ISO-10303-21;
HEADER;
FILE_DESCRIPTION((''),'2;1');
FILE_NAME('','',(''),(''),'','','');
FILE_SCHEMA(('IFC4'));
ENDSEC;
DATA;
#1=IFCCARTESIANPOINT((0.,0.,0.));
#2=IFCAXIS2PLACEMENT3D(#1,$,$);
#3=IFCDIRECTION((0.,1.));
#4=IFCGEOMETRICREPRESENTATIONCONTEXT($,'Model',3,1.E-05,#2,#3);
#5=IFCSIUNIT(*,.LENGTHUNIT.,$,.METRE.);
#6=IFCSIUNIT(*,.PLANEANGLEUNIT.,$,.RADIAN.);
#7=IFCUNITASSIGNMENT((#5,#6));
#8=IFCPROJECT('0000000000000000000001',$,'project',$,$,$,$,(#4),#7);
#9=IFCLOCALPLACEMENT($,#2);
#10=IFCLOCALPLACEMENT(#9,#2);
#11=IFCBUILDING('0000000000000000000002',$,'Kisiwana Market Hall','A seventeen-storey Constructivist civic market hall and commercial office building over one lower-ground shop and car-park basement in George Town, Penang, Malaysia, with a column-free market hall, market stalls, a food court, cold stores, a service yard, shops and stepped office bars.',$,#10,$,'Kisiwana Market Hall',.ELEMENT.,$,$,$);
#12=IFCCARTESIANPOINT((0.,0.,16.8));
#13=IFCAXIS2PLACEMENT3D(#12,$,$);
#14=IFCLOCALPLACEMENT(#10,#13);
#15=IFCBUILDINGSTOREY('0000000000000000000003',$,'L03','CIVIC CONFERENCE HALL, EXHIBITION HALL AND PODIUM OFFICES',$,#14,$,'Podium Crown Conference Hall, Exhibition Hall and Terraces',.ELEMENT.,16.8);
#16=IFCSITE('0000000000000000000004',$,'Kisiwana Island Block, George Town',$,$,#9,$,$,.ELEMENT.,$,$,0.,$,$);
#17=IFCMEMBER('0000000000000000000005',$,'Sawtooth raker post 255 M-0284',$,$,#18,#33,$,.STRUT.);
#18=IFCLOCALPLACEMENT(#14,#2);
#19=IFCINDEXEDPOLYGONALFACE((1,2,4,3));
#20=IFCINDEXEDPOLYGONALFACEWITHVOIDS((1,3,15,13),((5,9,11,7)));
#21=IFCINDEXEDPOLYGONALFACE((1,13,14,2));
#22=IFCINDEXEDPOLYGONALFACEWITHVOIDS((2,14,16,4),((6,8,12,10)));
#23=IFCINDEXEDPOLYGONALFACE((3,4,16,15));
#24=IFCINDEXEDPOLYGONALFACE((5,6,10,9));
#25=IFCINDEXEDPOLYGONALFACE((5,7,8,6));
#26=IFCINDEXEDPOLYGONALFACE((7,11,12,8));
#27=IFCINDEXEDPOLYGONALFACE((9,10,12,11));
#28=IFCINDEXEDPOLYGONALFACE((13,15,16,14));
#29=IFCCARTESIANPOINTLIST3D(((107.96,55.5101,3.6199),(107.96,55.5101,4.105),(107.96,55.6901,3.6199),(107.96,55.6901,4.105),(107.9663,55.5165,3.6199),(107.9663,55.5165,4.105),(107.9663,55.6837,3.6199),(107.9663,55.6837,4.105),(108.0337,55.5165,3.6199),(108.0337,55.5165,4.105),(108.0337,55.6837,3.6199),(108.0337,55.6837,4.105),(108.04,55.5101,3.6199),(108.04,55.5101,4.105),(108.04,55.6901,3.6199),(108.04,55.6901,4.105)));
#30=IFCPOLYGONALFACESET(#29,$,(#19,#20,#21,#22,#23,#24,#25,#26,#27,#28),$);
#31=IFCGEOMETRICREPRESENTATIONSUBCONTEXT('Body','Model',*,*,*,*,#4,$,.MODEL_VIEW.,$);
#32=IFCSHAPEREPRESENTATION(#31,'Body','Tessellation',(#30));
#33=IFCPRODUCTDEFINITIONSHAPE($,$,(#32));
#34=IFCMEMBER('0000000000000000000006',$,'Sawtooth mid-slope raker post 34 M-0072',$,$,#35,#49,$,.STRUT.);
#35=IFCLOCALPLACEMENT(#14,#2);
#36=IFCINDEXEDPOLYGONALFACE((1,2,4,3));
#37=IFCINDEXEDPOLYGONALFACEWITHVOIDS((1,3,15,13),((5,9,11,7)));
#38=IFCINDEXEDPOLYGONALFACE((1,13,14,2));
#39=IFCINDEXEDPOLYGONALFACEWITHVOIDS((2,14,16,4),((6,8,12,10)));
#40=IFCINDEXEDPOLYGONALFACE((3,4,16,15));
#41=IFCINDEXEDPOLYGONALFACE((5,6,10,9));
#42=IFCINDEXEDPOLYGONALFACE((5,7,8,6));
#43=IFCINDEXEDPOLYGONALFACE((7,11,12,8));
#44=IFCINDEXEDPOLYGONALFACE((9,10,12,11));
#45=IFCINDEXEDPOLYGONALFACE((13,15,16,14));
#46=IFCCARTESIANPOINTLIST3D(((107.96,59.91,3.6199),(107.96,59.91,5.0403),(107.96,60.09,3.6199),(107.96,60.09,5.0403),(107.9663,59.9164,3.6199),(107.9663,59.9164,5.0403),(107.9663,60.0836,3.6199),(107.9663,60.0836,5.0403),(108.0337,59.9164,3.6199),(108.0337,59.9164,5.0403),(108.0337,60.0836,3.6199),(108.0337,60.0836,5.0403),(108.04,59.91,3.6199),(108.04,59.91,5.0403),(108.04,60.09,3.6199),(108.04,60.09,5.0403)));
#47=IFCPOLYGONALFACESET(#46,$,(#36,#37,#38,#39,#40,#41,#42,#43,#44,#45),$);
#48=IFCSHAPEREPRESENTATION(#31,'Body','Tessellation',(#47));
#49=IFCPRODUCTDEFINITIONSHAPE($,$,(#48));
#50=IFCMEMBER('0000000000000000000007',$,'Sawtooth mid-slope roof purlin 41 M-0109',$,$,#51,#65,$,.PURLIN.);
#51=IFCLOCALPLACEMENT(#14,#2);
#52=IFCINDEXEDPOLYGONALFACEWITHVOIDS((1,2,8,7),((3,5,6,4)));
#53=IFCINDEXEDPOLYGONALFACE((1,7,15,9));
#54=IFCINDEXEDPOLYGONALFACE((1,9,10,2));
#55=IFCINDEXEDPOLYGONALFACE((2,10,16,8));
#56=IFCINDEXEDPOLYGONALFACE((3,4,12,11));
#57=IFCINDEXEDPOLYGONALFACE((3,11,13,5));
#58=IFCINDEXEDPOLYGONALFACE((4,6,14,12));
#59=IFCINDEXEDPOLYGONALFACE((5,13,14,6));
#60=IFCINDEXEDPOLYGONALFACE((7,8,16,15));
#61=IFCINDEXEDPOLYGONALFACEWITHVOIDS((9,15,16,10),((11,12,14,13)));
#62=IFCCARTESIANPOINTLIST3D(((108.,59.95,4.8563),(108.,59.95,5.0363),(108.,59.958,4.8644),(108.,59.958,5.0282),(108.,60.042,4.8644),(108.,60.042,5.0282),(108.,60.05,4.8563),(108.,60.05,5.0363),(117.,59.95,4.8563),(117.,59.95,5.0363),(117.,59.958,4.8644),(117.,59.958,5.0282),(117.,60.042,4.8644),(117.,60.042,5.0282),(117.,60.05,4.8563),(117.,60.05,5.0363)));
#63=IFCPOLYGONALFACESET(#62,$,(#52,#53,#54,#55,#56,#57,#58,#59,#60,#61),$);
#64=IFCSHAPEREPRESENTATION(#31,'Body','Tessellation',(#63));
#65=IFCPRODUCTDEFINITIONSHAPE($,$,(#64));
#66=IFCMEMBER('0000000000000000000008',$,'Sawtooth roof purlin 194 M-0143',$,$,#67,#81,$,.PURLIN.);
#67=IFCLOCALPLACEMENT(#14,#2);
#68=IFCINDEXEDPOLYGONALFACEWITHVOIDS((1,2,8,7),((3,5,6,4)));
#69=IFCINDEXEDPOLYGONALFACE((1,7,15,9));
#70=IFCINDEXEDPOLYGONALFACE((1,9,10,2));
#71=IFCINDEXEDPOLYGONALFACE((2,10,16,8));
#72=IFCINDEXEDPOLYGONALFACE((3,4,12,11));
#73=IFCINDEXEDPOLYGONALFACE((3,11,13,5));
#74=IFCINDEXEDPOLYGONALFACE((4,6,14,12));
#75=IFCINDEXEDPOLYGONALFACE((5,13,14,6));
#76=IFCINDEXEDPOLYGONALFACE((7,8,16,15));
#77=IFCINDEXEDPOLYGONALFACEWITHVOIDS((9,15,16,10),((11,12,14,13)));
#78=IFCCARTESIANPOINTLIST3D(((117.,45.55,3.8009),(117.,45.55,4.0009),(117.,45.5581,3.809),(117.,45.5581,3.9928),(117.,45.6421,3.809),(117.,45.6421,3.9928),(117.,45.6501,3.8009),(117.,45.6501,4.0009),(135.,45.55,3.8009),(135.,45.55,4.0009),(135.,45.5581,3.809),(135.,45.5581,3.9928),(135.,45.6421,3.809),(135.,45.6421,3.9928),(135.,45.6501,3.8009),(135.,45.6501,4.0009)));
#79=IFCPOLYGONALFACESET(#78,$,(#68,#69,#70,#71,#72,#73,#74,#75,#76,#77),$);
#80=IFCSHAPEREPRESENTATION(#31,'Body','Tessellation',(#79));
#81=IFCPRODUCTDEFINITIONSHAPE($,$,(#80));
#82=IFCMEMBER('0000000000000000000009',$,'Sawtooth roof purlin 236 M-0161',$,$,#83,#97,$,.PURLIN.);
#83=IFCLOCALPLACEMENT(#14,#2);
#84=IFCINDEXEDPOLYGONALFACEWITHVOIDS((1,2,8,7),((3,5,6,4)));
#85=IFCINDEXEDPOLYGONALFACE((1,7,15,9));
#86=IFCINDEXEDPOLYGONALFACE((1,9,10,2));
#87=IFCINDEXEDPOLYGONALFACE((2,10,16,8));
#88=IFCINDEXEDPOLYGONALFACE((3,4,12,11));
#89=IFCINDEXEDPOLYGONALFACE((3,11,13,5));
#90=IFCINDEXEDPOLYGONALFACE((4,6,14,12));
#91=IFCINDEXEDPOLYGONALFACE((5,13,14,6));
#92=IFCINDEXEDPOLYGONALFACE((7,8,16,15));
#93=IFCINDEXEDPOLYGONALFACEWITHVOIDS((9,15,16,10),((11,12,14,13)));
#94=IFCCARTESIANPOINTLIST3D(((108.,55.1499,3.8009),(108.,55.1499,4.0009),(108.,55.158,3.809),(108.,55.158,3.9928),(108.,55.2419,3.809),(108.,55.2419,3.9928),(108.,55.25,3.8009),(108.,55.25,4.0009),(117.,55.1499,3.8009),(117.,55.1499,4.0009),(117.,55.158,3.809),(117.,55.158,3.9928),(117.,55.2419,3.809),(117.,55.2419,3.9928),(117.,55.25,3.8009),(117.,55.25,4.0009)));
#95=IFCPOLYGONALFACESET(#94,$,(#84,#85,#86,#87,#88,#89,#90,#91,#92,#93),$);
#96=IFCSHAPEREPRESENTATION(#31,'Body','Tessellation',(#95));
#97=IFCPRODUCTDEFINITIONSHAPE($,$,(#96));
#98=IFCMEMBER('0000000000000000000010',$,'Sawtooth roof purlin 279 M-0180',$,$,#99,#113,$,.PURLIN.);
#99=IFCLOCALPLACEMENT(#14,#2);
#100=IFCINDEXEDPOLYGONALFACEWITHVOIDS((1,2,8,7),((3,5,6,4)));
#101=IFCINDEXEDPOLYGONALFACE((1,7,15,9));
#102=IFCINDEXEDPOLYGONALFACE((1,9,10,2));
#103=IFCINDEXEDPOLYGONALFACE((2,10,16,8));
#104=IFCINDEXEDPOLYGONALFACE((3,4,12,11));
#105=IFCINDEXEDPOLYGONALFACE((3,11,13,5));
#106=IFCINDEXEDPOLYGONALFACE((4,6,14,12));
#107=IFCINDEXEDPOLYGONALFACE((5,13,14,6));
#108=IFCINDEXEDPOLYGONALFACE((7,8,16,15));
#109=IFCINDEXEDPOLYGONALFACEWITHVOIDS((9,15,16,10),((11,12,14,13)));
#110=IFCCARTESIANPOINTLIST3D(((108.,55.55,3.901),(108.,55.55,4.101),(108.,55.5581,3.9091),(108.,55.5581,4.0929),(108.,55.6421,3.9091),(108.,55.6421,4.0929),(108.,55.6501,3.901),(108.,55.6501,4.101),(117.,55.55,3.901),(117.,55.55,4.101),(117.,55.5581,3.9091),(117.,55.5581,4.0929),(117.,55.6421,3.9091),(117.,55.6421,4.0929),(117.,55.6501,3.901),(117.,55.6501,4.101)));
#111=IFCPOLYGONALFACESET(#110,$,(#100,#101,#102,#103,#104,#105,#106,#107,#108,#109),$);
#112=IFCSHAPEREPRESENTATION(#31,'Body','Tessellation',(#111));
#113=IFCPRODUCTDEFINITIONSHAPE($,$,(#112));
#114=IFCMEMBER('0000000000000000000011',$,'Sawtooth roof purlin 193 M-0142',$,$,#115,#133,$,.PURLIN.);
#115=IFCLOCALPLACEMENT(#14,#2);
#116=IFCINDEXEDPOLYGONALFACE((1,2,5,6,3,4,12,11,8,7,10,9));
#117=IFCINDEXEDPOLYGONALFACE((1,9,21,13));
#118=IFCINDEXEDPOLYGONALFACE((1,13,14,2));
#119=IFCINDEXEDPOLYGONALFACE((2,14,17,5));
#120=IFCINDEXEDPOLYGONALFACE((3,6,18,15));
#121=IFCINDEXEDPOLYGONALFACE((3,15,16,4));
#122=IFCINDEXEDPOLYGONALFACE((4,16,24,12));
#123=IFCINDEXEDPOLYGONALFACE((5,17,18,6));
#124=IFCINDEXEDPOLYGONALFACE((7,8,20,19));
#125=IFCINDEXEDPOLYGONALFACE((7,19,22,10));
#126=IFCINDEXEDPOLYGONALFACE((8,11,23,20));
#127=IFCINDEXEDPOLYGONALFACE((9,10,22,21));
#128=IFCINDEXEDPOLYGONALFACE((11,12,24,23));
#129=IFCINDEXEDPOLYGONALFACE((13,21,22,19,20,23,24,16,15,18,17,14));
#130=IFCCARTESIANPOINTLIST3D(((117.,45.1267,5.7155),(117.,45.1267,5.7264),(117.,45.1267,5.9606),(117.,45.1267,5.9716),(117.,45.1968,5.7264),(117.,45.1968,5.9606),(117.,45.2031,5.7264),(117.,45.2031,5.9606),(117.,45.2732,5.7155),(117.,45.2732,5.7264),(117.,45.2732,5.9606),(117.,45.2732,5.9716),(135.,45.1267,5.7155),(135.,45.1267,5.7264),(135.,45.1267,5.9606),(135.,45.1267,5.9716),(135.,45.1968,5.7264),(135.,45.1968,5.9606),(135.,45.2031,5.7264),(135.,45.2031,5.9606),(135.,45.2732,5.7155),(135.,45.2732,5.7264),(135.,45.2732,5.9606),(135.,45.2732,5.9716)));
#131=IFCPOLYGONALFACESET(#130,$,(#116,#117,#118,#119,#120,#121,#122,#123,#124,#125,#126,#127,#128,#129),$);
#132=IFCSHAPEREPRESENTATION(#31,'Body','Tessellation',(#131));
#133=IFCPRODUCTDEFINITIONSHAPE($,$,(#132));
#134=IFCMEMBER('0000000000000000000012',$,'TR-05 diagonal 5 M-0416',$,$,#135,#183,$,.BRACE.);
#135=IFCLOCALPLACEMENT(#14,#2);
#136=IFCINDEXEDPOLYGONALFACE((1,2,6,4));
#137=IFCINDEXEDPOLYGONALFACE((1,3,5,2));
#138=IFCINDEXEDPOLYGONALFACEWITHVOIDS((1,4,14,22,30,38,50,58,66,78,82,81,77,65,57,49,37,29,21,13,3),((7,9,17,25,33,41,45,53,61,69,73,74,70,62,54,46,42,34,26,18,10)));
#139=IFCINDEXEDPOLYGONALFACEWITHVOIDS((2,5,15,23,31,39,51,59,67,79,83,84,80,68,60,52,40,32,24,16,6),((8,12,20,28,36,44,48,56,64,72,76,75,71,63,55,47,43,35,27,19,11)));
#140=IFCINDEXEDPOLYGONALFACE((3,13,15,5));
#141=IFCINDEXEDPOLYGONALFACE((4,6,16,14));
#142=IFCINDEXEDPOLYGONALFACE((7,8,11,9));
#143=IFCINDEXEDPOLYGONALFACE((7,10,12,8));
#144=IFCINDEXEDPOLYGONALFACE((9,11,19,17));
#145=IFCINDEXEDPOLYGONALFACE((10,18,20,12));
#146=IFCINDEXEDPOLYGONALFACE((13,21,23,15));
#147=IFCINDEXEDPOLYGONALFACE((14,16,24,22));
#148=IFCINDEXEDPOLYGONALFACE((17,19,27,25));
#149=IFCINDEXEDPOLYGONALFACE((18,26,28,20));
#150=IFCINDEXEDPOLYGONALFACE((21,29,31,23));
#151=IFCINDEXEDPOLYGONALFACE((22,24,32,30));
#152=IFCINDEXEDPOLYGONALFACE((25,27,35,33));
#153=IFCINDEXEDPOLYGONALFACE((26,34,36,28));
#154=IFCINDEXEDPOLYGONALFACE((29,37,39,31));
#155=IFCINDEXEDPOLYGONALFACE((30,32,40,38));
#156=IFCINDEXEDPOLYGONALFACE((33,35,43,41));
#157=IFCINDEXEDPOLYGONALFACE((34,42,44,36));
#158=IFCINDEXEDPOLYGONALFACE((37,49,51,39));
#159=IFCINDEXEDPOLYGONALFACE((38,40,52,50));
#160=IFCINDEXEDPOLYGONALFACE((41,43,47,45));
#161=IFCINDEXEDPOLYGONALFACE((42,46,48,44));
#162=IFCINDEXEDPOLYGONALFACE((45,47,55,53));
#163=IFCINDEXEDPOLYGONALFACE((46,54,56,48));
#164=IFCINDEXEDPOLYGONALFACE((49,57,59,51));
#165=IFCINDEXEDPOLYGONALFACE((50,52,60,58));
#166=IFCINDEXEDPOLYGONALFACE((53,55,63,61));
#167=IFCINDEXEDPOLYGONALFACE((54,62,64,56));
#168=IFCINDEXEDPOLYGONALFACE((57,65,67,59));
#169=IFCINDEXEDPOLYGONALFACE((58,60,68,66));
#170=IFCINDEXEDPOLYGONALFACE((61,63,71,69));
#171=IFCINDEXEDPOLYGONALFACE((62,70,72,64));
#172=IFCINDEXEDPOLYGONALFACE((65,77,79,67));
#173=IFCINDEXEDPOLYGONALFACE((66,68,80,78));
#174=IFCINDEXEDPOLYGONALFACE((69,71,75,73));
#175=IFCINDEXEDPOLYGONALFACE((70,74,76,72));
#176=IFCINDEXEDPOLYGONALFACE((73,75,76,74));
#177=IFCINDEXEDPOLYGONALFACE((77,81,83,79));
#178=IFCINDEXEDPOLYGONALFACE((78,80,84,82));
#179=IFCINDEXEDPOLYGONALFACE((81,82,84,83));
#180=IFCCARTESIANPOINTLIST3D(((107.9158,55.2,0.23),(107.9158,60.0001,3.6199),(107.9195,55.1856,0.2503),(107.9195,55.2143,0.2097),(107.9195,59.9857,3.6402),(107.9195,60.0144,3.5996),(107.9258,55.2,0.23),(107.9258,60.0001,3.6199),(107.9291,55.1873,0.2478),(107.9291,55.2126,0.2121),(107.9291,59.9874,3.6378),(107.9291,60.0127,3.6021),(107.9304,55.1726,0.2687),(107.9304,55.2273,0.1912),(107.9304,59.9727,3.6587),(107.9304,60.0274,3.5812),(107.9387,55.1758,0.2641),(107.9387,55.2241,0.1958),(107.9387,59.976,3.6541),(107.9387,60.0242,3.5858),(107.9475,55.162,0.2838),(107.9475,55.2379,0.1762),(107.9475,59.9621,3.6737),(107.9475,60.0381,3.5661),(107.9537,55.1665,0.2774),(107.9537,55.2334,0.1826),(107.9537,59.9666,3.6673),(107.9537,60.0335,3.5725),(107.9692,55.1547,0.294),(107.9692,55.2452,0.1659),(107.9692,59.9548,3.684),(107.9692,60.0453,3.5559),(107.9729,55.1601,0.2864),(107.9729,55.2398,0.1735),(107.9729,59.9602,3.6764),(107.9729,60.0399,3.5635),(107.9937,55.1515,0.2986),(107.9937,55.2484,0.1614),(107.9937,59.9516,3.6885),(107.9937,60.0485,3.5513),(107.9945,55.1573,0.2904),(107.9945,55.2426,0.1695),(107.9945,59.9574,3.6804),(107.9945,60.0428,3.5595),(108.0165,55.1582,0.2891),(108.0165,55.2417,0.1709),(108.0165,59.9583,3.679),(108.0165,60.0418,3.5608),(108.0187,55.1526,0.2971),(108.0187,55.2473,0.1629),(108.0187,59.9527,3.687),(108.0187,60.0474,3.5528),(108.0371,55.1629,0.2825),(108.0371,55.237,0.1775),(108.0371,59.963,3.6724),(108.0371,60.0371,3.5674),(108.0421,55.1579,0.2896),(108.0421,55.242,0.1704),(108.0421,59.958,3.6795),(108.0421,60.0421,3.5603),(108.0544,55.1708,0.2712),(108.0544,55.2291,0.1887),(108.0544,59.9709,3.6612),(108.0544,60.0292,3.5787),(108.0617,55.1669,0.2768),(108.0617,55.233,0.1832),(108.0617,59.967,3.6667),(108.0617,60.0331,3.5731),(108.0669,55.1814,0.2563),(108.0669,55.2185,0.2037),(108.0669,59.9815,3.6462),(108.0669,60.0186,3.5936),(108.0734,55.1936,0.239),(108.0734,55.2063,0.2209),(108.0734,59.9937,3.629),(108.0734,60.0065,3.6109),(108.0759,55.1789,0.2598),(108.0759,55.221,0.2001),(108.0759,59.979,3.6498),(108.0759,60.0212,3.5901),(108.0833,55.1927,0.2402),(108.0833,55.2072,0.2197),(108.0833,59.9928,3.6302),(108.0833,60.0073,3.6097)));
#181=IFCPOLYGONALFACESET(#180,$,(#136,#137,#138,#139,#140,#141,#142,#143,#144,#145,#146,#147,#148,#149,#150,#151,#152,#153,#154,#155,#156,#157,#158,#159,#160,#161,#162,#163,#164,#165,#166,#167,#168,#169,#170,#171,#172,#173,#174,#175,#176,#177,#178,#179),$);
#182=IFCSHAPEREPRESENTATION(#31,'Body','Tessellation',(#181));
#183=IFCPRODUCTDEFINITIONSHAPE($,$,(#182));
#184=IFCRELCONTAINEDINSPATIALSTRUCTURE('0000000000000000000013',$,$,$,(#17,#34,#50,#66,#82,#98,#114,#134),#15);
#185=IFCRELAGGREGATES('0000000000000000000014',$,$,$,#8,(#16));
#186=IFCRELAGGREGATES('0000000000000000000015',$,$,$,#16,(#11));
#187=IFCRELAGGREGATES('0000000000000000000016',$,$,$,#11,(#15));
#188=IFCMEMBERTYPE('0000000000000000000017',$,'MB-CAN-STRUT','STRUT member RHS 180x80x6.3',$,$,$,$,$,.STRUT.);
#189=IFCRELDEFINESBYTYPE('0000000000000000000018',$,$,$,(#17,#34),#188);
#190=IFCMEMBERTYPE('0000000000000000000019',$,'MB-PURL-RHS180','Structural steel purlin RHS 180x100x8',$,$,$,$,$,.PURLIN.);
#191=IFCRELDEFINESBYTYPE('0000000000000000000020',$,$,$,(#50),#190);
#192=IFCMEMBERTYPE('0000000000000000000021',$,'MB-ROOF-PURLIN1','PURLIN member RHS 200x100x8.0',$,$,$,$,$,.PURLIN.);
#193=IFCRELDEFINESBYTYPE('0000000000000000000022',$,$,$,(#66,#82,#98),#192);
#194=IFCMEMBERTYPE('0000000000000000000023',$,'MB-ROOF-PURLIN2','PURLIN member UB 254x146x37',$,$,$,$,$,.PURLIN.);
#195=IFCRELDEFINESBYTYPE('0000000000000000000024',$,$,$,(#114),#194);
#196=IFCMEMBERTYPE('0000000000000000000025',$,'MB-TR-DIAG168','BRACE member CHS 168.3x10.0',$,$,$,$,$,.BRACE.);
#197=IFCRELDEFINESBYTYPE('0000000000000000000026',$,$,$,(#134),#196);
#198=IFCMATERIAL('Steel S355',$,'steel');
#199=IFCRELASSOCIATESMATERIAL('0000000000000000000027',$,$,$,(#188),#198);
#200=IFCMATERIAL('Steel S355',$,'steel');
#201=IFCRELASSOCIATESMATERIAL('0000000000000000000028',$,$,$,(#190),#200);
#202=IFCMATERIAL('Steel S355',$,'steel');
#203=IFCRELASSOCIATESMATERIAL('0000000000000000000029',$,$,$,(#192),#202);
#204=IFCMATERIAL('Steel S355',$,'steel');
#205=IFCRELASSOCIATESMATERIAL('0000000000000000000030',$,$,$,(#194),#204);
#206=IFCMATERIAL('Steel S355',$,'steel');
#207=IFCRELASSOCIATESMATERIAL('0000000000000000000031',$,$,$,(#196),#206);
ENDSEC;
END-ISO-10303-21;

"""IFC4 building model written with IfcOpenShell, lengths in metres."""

from ifc_helpers import new_model, si_unit, direction, frame, origin, origin_2d, place, context, subcontext, project, spatial, hollow_rectangle, hollow_circle, i_section, extrude, material, material_profile, profile_set, type_object, element, save


model = new_model("IFC4")

# Units and contexts
model_context = context("Model", 3, precision=1e-05, world=origin(), true_north=direction((0.0, 1.0)))
body_context = subcontext(model_context, "Body", "Model", "MODEL_VIEW")
ifc_project = project(units=[si_unit("LENGTHUNIT", "METRE"), si_unit("PLANEANGLEUNIT", "RADIAN")], contexts=[model_context])

# Site, building, storey
site_placement = place(None, origin())
site = spatial("IfcSite", under=ifc_project, at=site_placement, Name="Kisiwana Island Block, George Town", CompositionType="ELEMENT", RefElevation=0.0)
building_placement = place(site_placement, origin())
building = spatial("IfcBuilding", under=site, at=building_placement, Name="Kisiwana Market Hall", Description="A seventeen-storey Constructivist civic market hall and commercial office building over one lower-ground shop and car-park basement in George Town, Penang, Malaysia, with a column-free market hall, market stalls, a food court, cold stores, a service yard, shops and stepped office bars.", LongName="Kisiwana Market Hall", CompositionType="ELEMENT")
storey_placement = place(building_placement, frame((0.0, 0.0, 16.8)))
storey = spatial("IfcBuildingStorey", under=building, at=storey_placement, Name="L03", Description="CIVIC CONFERENCE HALL, EXHIBITION HALL AND PODIUM OFFICES", LongName="Podium Crown Conference Hall, Exhibition Hall and Terraces", CompositionType="ELEMENT", Elevation=16.8)

# Members
ifc_material_1 = material(Name="Steel S355", Category="steel")
ifc_material_profile_1 = material_profile(ifc_material_1, hollow_rectangle(XDim=0.0801, YDim=0.1799, WallThickness=0.0063, at=origin_2d()), Name="RHS 180x80x6.3")
ifc_profile_set_1 = profile_set([ifc_material_profile_1], Name="Steel S355")
member_type_1 = type_object("IfcMemberType", Name="MB-CAN-STRUT", Description="STRUT member RHS 180x80x6.3", PredefinedType="STRUT", material=ifc_profile_set_1)
member_1_placement = place(storey_placement, frame((108.0, 55.6001, 3.6199), z_axis=(0.0, 0.0, 1.0), x_axis=(1.0, 0.0, 0.0)))
element("IfcMember", 1, at=member_1_placement, inside=storey, type_object=member_type_1, Name="Sawtooth raker post 255 M-0284", PredefinedType="STRUT", context=body_context, shape_type="SweptSolid", body=[
    extrude(hollow_rectangle(XDim=0.0801, YDim=0.1799, WallThickness=0.0063, at=origin_2d()), origin(), (0.0, 0.0, 1.0), 0.4851),
])
member_2_placement = place(storey_placement, frame((108.0, 60.0, 3.6199), z_axis=(0.0, 0.0, 1.0), x_axis=(1.0, 0.0, 0.0)))
element("IfcMember", 2, at=member_2_placement, inside=storey, type_object=member_type_1, Name="Sawtooth mid-slope raker post 34 M-0072", PredefinedType="STRUT", context=body_context, shape_type="SweptSolid", body=[
    extrude(hollow_rectangle(XDim=0.0801, YDim=0.1799, WallThickness=0.0063, at=origin_2d()), origin(), (0.0, 0.0, 1.0), 1.4204),
])
ifc_material_2 = material(Name="Steel S355", Category="steel")
ifc_material_profile_2 = material_profile(ifc_material_2, hollow_rectangle(XDim=0.1001, YDim=0.1799, WallThickness=0.0081, at=origin_2d()), Name="RHS 180x100x8")
ifc_profile_set_2 = profile_set([ifc_material_profile_2], Name="Steel S355")
member_type_2 = type_object("IfcMemberType", Name="MB-PURL-RHS180", Description="Structural steel purlin RHS 180x100x8", PredefinedType="PURLIN", material=ifc_profile_set_2)
member_3_placement = place(storey_placement, frame((108.0, 60.0, 4.9463), z_axis=(1.0, 0.0, 0.0), x_axis=(0.0, 1.0, 0.0)))
element("IfcMember", 3, at=member_3_placement, inside=storey, type_object=member_type_2, Name="Sawtooth mid-slope roof purlin 41 M-0109", PredefinedType="PURLIN", context=body_context, shape_type="SweptSolid", body=[
    extrude(hollow_rectangle(XDim=0.1001, YDim=0.1799, WallThickness=0.0081, at=origin_2d()), origin(), (0.0, 0.0, 1.0), 9.0),
])
ifc_material_3 = material(Name="Steel S355", Category="steel")
ifc_material_profile_3 = material_profile(ifc_material_3, hollow_rectangle(XDim=0.1001, YDim=0.2, WallThickness=0.0081, at=origin_2d()), Name="RHS 200x100x8.0")
ifc_profile_set_3 = profile_set([ifc_material_profile_3], Name="Steel S355")
member_type_3 = type_object("IfcMemberType", Name="MB-ROOF-PURLIN1", Description="PURLIN member RHS 200x100x8.0", PredefinedType="PURLIN", material=ifc_profile_set_3)
member_4_placement = place(storey_placement, frame((117.0, 45.6001, 3.9009), z_axis=(1.0, 0.0, 0.0), x_axis=(0.0, 1.0, 0.0)))
element("IfcMember", 4, at=member_4_placement, inside=storey, type_object=member_type_3, Name="Sawtooth roof purlin 194 M-0143", PredefinedType="PURLIN", context=body_context, shape_type="SweptSolid", body=[
    extrude(hollow_rectangle(XDim=0.1001, YDim=0.2, WallThickness=0.0081, at=origin_2d()), origin(), (0.0, 0.0, 1.0), 18.0),
])
for number, where, z_axis, x_axis, name in (
    (5, (108.0, 55.2, 3.9009), (1.0, 0.0, 0.0), (0.0, 1.0, 0.0), "Sawtooth roof purlin 236 M-0161"),
    (6, (108.0, 55.6001, 4.001), (1.0, 0.0, 0.0), (0.0, 1.0, 0.0), "Sawtooth roof purlin 279 M-0180"),
):
    element("IfcMember", number, at=place(storey_placement, frame(where, z_axis=z_axis, x_axis=x_axis)), inside=storey, type_object=member_type_3, Name=name, PredefinedType="PURLIN", context=body_context, shape_type="SweptSolid", body=[
        extrude(hollow_rectangle(XDim=0.1001, YDim=0.2, WallThickness=0.0081, at=origin_2d()), origin(), (0.0, 0.0, 1.0), 9.0),
    ])
ifc_material_4 = material(Name="Steel S355", Category="steel")
ifc_material_profile_4 = material_profile(ifc_material_4, i_section(OverallWidth=0.1465, OverallDepth=0.2561, WebThickness=0.0063, FlangeThickness=0.011, at=origin_2d()), Name="UB 254x146x37")
ifc_profile_set_4 = profile_set([ifc_material_profile_4], Name="Steel S355")
member_type_4 = type_object("IfcMemberType", Name="MB-ROOF-PURLIN2", Description="PURLIN member UB 254x146x37", PredefinedType="PURLIN", material=ifc_profile_set_4)
member_5_placement = place(storey_placement, frame((117.0, 45.2, 5.8435), z_axis=(1.0, 0.0, 0.0), x_axis=(0.0, 1.0, 0.0)))
element("IfcMember", 7, at=member_5_placement, inside=storey, type_object=member_type_4, Name="Sawtooth roof purlin 193 M-0142", PredefinedType="PURLIN", context=body_context, shape_type="SweptSolid", body=[
    extrude(i_section(OverallWidth=0.1465, OverallDepth=0.2561, WebThickness=0.0063, FlangeThickness=0.011, at=origin_2d()), origin(), (0.0, 0.0, 1.0), 18.0),
])
ifc_material_5 = material(Name="Steel S355", Category="steel")
ifc_material_profile_5 = material_profile(ifc_material_5, hollow_circle(Radius=0.0842, WallThickness=0.01, at=origin_2d()), Name="CHS 168.3x10.0")
ifc_profile_set_5 = profile_set([ifc_material_profile_5], Name="Steel S355")
member_type_5 = type_object("IfcMemberType", Name="MB-TR-DIAG168", Description="BRACE member CHS 168.3x10.0", PredefinedType="BRACE", material=ifc_profile_set_5)
for number, where, z_axis, x_axis, name in (
    (8, (108.0, 55.2, 0.23), (0.0, 0.816838, 0.576868), (-1.0, 0.0, 0.0), "TR-05 diagonal 5 M-0416"),
):
    element("IfcMember", number, at=place(storey_placement, frame(where, z_axis=z_axis, x_axis=x_axis)), inside=storey, type_object=member_type_5, Name=name, PredefinedType="BRACE", context=body_context, shape_type="SweptSolid", body=[
        extrude(hollow_circle(Radius=0.0842, WallThickness=0.01, at=origin_2d()), origin(), (0.0, 0.0, 1.0), 5.8765),
    ])

save(model, "model.ifc")
